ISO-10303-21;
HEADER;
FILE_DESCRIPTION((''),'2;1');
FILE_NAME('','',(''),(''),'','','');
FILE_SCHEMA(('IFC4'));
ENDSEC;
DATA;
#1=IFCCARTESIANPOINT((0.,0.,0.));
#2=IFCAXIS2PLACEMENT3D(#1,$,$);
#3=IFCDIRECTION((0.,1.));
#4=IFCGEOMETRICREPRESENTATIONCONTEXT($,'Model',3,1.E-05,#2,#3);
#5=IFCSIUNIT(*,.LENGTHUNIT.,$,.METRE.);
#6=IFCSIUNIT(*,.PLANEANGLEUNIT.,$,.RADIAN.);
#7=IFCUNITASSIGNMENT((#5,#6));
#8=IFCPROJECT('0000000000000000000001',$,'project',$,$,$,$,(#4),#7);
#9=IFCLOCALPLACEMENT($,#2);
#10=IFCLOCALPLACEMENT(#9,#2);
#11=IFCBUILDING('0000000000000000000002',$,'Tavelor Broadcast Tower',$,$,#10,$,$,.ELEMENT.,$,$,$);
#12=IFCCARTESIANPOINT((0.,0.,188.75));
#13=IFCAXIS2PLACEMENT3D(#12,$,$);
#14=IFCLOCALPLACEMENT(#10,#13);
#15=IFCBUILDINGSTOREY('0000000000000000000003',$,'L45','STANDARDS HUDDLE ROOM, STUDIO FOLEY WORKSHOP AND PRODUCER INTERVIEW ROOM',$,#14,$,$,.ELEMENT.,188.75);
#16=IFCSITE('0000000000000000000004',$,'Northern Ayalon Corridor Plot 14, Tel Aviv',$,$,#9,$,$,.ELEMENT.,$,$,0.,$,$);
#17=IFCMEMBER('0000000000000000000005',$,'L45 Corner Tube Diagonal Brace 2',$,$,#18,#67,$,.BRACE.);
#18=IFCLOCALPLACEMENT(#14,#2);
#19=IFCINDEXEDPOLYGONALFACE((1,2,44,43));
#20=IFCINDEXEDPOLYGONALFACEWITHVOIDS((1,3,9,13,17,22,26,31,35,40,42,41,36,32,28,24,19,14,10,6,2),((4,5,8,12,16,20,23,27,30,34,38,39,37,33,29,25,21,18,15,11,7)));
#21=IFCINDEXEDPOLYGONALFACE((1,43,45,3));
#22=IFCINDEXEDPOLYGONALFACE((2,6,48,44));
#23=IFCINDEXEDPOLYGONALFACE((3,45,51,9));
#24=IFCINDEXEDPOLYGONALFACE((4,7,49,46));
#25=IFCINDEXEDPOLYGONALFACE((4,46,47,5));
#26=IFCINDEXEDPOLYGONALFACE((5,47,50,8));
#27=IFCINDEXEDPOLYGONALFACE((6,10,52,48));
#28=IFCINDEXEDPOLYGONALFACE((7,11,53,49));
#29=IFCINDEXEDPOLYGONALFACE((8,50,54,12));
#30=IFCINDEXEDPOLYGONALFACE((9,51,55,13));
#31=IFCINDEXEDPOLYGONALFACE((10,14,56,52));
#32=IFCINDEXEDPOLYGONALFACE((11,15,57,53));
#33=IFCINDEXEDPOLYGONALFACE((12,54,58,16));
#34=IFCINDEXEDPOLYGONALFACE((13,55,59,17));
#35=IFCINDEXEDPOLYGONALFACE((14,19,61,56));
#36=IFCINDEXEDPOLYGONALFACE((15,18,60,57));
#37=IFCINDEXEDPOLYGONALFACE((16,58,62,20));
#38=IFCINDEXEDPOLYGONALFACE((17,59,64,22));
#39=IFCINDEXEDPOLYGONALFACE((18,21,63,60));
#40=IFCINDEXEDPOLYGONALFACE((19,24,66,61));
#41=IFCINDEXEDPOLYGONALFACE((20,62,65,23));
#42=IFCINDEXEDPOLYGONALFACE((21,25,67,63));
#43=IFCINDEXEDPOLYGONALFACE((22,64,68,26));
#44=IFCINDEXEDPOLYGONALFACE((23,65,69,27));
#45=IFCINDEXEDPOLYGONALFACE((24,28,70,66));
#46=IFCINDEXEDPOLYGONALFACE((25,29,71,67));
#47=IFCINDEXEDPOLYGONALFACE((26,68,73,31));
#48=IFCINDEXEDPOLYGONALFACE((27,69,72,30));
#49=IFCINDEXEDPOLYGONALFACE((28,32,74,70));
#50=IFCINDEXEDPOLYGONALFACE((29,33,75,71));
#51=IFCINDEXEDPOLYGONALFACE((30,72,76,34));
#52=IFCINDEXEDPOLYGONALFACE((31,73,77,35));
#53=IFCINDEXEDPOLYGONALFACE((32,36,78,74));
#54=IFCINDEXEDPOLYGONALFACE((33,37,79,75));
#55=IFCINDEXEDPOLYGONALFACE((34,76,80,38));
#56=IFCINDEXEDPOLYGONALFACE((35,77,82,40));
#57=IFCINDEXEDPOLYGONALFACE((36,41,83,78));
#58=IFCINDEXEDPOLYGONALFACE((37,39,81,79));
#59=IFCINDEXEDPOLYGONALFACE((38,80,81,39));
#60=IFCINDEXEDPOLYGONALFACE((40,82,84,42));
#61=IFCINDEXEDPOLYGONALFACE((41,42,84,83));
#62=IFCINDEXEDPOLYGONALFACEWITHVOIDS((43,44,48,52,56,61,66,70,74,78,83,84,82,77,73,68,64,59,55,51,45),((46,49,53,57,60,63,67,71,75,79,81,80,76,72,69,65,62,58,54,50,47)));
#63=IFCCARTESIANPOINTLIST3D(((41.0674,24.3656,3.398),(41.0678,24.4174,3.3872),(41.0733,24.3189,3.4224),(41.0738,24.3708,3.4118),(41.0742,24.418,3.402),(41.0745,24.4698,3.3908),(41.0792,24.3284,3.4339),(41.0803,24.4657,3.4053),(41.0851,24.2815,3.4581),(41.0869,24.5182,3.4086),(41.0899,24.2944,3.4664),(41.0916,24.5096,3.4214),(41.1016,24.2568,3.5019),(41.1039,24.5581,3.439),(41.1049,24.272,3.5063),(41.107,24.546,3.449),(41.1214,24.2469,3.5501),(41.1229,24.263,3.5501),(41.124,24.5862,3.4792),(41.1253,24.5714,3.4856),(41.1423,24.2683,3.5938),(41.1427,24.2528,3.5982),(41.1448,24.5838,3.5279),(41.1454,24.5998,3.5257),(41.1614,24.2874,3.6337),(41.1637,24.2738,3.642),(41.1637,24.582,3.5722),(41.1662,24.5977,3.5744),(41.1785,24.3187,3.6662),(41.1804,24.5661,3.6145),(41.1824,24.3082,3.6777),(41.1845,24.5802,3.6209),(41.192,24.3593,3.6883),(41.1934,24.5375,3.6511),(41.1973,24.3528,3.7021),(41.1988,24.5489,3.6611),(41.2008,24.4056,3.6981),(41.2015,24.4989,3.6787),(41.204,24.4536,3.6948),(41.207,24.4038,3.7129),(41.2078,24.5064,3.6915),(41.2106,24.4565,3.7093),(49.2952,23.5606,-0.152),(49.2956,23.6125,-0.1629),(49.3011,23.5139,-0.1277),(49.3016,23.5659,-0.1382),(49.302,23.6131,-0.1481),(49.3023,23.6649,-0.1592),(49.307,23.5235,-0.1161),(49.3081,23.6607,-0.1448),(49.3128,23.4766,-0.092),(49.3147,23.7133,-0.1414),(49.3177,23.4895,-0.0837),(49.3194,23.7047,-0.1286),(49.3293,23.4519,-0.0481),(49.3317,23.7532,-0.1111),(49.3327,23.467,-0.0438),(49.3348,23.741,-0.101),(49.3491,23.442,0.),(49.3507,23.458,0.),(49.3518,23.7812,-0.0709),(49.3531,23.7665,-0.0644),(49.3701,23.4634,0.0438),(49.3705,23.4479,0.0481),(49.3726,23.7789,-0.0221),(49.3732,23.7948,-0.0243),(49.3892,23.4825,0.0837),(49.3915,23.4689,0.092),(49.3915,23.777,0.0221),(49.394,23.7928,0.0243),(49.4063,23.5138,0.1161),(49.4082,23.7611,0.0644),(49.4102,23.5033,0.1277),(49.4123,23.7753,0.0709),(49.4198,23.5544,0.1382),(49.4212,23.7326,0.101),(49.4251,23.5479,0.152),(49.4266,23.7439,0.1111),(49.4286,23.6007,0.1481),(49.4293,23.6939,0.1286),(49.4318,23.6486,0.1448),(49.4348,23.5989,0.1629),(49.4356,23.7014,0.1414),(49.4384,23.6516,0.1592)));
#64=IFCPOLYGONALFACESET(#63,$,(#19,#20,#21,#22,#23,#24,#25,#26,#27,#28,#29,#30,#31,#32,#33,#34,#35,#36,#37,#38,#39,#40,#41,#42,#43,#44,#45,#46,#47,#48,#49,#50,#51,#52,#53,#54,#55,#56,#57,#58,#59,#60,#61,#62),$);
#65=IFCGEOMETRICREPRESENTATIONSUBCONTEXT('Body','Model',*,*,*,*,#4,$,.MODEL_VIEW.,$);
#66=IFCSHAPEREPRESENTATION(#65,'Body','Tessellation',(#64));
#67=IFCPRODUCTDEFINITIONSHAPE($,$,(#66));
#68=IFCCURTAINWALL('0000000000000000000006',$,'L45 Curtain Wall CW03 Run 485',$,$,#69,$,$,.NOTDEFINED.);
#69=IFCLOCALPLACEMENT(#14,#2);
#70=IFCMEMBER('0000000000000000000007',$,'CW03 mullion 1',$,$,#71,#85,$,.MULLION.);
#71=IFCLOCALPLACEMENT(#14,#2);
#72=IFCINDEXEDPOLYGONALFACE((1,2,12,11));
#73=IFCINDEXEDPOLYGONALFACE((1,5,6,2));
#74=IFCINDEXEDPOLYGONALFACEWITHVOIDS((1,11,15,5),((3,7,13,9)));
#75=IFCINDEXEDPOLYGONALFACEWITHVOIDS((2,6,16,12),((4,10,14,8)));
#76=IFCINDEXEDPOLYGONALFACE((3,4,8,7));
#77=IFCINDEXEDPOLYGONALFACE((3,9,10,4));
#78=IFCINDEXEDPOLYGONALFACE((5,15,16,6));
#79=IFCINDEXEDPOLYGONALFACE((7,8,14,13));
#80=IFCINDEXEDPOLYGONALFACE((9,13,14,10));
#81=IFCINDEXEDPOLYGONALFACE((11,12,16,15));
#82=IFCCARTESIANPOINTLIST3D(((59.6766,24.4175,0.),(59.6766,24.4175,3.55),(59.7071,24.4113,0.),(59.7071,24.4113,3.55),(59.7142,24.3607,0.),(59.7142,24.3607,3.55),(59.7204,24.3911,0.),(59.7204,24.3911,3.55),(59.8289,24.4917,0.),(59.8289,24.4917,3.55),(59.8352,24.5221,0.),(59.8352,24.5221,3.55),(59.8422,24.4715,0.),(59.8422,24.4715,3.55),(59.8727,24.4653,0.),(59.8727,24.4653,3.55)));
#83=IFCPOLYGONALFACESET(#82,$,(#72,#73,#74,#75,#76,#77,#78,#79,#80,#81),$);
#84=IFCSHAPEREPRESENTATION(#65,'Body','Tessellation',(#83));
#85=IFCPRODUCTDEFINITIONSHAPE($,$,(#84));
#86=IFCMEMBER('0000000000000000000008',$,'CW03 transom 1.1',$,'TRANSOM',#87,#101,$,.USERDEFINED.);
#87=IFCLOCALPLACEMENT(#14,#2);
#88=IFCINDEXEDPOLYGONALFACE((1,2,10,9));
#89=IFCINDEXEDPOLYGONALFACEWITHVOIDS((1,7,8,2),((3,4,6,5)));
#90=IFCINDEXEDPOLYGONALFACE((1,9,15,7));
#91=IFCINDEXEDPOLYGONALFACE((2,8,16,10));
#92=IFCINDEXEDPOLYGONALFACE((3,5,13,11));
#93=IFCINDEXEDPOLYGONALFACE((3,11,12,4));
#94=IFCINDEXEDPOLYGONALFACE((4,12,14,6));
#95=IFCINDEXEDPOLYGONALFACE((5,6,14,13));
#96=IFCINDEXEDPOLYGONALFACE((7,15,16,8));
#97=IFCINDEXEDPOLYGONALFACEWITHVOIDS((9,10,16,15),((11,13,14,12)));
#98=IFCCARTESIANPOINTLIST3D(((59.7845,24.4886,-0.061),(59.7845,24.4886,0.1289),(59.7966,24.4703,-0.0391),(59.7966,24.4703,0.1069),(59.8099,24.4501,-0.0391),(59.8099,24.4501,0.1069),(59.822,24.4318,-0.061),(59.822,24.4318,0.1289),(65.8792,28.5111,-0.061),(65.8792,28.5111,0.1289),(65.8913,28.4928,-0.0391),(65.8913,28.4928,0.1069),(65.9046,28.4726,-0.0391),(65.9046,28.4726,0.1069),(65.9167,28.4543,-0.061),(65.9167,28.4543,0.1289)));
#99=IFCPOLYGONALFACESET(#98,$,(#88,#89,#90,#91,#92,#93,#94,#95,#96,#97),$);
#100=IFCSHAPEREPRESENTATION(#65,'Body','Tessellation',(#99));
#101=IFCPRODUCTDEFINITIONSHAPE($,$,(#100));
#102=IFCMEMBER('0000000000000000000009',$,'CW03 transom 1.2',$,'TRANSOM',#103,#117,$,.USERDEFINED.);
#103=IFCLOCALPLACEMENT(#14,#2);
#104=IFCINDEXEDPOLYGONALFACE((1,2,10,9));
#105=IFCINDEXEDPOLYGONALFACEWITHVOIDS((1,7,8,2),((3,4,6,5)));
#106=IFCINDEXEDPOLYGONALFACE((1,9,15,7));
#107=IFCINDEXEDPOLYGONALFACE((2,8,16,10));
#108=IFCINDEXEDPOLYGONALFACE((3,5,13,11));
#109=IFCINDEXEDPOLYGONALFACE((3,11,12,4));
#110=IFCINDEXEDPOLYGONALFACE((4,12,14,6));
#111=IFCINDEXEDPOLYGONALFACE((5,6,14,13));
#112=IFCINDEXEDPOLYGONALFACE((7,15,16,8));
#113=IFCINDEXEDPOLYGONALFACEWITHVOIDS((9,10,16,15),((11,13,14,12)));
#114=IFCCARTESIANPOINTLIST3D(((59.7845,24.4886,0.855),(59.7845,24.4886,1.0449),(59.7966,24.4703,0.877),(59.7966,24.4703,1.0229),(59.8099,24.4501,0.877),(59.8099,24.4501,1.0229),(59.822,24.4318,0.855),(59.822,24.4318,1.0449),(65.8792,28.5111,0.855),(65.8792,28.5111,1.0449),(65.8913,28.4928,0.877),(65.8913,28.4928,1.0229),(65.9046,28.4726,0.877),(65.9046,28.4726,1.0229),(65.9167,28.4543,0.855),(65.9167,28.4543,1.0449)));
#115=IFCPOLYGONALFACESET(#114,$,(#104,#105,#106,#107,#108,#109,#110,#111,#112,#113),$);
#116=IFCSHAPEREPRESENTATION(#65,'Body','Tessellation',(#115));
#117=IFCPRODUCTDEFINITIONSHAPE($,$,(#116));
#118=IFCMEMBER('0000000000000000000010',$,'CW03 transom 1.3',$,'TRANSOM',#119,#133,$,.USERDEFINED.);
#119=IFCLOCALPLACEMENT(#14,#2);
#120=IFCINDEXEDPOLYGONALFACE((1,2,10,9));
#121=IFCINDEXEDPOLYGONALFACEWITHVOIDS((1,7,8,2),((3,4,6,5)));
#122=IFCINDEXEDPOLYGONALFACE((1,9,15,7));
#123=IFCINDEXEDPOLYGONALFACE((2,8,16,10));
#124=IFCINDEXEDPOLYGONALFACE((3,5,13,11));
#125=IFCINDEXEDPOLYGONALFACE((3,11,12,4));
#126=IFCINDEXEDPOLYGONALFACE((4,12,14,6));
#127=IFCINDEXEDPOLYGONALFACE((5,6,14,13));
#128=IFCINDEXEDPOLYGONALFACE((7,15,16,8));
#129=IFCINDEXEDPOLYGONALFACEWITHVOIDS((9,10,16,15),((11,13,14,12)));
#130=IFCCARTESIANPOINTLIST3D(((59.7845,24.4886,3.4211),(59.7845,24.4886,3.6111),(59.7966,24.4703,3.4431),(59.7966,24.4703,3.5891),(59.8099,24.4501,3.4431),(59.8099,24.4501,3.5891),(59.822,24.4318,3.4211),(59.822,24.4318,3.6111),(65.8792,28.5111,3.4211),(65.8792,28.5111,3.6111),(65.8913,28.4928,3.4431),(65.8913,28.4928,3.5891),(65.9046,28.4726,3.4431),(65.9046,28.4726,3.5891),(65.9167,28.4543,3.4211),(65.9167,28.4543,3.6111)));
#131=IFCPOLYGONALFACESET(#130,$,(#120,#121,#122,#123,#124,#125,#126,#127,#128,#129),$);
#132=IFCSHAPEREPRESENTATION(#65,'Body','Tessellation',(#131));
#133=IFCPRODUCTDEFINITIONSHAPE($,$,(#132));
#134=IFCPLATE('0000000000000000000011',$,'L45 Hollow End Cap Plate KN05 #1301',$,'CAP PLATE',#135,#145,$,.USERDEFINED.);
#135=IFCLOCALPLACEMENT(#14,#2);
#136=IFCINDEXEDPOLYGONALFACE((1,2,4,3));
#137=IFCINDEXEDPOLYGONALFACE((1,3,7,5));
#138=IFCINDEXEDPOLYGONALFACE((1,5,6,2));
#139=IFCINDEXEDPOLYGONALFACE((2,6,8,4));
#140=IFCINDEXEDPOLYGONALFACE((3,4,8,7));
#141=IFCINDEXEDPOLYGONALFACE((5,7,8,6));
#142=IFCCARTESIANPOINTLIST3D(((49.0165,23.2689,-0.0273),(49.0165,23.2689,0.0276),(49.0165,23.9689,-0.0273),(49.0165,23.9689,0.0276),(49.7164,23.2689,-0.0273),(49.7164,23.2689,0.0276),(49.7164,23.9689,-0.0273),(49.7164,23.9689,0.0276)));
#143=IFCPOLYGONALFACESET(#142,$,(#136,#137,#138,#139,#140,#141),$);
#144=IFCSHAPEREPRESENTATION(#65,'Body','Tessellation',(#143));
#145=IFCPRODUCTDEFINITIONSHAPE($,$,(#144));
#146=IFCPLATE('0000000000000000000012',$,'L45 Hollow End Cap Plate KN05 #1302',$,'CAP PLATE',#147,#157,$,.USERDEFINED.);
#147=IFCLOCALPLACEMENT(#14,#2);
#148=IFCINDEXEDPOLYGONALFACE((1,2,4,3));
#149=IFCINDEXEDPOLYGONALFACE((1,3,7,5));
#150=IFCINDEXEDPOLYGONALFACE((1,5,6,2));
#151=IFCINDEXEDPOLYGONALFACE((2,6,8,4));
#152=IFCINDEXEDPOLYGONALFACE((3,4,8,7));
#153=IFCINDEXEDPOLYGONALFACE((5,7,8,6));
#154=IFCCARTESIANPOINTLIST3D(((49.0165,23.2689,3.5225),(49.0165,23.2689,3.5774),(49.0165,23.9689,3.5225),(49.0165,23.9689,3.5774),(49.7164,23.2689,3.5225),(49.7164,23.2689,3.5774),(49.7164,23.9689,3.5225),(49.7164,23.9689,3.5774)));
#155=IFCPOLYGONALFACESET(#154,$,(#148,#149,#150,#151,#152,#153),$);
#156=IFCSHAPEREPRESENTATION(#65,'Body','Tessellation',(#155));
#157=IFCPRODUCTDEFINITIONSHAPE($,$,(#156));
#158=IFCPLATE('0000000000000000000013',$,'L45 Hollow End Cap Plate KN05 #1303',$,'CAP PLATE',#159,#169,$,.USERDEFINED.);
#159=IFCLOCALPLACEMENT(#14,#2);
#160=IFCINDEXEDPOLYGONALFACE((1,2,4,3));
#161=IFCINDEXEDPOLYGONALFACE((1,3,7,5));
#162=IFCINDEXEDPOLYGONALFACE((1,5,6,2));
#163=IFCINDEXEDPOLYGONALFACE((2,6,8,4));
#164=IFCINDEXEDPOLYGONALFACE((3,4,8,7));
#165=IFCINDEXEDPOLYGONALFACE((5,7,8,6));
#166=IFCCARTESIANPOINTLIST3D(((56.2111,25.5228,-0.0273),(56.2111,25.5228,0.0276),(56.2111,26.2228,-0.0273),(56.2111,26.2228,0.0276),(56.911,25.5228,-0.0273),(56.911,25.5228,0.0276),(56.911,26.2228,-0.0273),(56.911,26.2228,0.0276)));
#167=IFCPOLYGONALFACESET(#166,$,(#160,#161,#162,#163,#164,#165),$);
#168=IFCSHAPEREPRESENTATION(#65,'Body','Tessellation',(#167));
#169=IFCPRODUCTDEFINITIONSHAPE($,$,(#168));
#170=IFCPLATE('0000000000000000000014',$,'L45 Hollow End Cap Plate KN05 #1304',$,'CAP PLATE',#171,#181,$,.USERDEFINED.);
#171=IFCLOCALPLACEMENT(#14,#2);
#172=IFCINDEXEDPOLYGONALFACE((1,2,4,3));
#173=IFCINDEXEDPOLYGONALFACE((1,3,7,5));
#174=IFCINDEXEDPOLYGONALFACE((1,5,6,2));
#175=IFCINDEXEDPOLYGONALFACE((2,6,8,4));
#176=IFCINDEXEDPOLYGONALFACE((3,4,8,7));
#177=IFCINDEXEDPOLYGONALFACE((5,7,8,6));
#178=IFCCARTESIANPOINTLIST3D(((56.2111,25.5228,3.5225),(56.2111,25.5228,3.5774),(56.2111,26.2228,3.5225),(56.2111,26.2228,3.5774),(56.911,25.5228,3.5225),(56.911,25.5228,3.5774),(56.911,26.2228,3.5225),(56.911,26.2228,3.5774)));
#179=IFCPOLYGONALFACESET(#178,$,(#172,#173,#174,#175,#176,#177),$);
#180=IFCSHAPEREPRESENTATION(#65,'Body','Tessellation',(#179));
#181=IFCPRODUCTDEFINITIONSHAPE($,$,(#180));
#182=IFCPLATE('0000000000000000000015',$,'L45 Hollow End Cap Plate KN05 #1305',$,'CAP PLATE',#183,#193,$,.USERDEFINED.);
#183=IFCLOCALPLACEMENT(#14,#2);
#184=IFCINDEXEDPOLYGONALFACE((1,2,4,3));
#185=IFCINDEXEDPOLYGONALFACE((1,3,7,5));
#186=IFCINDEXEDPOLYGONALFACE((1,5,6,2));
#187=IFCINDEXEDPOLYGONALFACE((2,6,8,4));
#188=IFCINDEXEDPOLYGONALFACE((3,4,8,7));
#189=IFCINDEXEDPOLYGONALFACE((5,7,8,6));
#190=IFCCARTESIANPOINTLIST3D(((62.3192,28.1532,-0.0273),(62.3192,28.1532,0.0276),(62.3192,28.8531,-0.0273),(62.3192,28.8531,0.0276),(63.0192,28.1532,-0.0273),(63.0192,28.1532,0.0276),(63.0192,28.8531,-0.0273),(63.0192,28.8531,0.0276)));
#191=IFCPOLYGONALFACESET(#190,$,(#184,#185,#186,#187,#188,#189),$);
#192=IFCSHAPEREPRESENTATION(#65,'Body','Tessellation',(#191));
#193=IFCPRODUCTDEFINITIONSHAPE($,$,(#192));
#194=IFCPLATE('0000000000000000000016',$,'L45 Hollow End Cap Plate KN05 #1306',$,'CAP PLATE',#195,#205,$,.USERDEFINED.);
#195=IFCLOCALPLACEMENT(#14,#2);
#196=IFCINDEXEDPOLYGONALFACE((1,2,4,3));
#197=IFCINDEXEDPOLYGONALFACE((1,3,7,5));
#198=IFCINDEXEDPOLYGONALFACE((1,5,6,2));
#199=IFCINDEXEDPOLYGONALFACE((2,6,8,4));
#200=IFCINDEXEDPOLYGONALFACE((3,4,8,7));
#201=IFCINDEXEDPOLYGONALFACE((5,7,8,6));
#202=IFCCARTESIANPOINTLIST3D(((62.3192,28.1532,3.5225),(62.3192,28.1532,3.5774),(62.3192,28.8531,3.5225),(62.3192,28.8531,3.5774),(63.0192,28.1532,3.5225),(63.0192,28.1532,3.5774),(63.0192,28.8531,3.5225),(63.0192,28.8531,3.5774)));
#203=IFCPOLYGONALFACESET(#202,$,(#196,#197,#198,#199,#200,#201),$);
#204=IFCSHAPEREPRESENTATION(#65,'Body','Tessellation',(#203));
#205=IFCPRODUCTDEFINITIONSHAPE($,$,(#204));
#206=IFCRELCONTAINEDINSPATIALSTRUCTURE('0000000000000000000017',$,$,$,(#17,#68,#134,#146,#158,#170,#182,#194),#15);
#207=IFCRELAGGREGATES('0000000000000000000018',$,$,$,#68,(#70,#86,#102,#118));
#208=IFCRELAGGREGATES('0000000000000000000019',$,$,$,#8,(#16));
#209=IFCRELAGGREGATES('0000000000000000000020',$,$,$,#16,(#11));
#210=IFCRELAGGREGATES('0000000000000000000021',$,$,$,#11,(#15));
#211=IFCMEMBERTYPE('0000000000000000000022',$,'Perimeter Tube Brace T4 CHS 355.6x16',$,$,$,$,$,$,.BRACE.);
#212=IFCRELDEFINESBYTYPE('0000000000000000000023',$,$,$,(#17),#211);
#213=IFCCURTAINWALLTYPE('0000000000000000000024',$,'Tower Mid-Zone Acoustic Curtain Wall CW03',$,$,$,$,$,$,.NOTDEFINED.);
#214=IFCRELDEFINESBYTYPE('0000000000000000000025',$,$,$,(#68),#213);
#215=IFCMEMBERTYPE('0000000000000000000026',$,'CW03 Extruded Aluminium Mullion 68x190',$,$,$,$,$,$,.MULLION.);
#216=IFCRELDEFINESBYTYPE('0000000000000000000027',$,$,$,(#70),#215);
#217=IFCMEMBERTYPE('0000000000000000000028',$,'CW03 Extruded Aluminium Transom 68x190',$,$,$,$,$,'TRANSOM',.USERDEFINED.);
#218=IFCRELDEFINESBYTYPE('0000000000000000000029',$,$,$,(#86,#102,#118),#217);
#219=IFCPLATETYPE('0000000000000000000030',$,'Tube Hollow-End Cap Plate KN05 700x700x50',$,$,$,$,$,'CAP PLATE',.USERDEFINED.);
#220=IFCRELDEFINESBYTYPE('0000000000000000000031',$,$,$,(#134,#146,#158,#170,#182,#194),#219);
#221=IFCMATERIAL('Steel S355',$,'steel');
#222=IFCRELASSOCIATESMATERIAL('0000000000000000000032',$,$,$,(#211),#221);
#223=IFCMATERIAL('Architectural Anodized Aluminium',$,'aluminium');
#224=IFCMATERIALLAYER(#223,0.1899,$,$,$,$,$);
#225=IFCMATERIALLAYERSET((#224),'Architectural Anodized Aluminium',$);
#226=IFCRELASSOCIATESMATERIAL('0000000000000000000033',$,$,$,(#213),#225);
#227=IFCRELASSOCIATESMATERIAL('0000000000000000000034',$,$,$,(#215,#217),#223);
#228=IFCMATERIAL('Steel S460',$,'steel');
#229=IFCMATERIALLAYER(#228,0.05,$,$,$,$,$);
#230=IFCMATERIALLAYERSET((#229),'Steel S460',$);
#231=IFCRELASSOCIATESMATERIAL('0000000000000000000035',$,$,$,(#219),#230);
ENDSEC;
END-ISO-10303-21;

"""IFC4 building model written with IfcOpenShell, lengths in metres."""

from ifc_helpers import new_model, si_unit, direction, frame, origin, origin_2d, place, context, subcontext, project, spatial, rectangle, hollow_rectangle, hollow_circle, extrude, source, transform, mapped, material, layer, layer_set, material_profile, profile_set, type_object, type_shapes, element, aggregate, save


model = new_model("IFC4")

# Units and contexts
model_context = context("Model", 3, precision=1e-05, world=origin(), true_north=direction((0.0, 1.0)))
body_context = subcontext(model_context, "Body", "Model", "MODEL_VIEW")
ifc_project = project(units=[si_unit("LENGTHUNIT", "METRE"), si_unit("PLANEANGLEUNIT", "RADIAN")], contexts=[model_context])

# Site, building, storey
site_placement = place(None, origin())
site = spatial("IfcSite", under=ifc_project, at=site_placement, Name="Northern Ayalon Corridor Plot 14, Tel Aviv", CompositionType="ELEMENT", RefElevation=0.0)
building_placement = place(site_placement, origin())
building = spatial("IfcBuilding", under=site, at=building_placement, Name="Tavelor Broadcast Tower", CompositionType="ELEMENT")
storey_placement = place(building_placement, frame((0.0, 0.0, 188.75)))
storey = spatial("IfcBuildingStorey", under=building, at=storey_placement, Name="L45", Description="STANDARDS HUDDLE ROOM, STUDIO FOLEY WORKSHOP AND PRODUCER INTERVIEW ROOM", CompositionType="ELEMENT", Elevation=188.75)

# Shared definitions
ifc_material_1 = material(Name="Steel S460", Category="steel")

# Shared definitions
ifc_material_2 = material(Name="Steel S355", Category="steel")

# Member
ifc_material_profile_1 = material_profile(ifc_material_2, hollow_circle(Radius=0.1777, WallThickness=0.0161, at=origin_2d()), Name="CHS 355.6x16")
ifc_profile_set_1 = profile_set([ifc_material_profile_1], Name="Steel S355")
member_type_1 = type_object("IfcMemberType", Name="Perimeter Tube Brace T4 CHS 355.6x16", PredefinedType="BRACE", material=ifc_profile_set_1)
member_1_placement = place(storey_placement, frame((49.3665, 23.6189, 0.0), z_axis=(-0.914496, 0.089466, 0.394579), x_axis=(-0.097366, -0.995249, 0.0)))
element("IfcMember", 1, at=member_1_placement, inside=storey, type_object=member_type_1, Name="L45 Corner Tube Diagonal Brace 2", PredefinedType="BRACE", context=body_context, shape_type="SweptSolid", body=[
    extrude(hollow_circle(Radius=0.1777, WallThickness=0.0161, at=origin_2d()), origin(), (0.0, 0.0, 1.0), 8.9971),
])

# Curtain wall, members
ifc_material_3 = material(Name="Architectural Anodized Aluminium", Category="aluminium")
ifc_layer_1 = layer(ifc_material_3, 0.1899)
ifc_layer_set_1 = layer_set([ifc_layer_1], Name="Architectural Anodized Aluminium")
curtain_wall_type = type_object("IfcCurtainWallType", Name="Tower Mid-Zone Acoustic Curtain Wall CW03", PredefinedType="NOTDEFINED", material=ifc_layer_set_1)
curtain_wall_placement = place(storey_placement, origin())
curtain_wall = element("IfcCurtainWall", 2, at=curtain_wall_placement, inside=storey, type_object=curtain_wall_type, Name="L45 Curtain Wall CW03 Run 485", PredefinedType="NOTDEFINED")
ifc_material_profile_2 = material_profile(ifc_material_3, hollow_rectangle(XDim=0.0681, YDim=0.1899, WallThickness=0.022, at=origin_2d()), Name="RHS 68x190x22")
ifc_profile_set_2 = profile_set([ifc_material_profile_2], Name="Architectural Anodized Aluminium")
member_type_2 = type_object("IfcMemberType", Name="CW03 Extruded Aluminium Mullion 68x190", PredefinedType="MULLION", material=ifc_profile_set_2)
shared_shape_1 = source(origin(), body_context, "Body", "SweptSolid", [
    extrude(hollow_rectangle(XDim=0.0681, YDim=0.1899, WallThickness=0.022, at=origin_2d()), origin(), (0.0, 0.0, 1.0), 3.55),
])
type_shapes(member_type_2, [shared_shape_1])
member_2_placement = place(storey_placement, frame((59.7747, 24.4414, 0.0), z_axis=(0.0, 0.0, 1.0), x_axis=(-0.550844, 0.834608, 0.0)))
member_2 = element("IfcMember", 3, at=member_2_placement, type_object=member_type_2, Name="CW03 mullion 1", PredefinedType="MULLION", context=body_context, shape_type="MappedRepresentation", body=[
    mapped(shared_shape_1, transform((0.0, 0.0, 0.0), scale=1.0)),
])
ifc_material_profile_3 = material_profile(ifc_material_3, hollow_rectangle(XDim=0.0681, YDim=0.1899, WallThickness=0.022, at=origin_2d()), Name="RHS 68x190x22")
ifc_profile_set_3 = profile_set([ifc_material_profile_3], Name="Architectural Anodized Aluminium")
member_type_3 = type_object("IfcMemberType", Name="CW03 Extruded Aluminium Transom 68x190", ElementType="TRANSOM", PredefinedType="USERDEFINED", material=ifc_profile_set_3)
shared_shape_2 = source(origin(), body_context, "Body", "SweptSolid", [
    extrude(hollow_rectangle(XDim=0.0681, YDim=0.1899, WallThickness=0.022, at=origin_2d()), origin(), (0.0, 0.0, 1.0), 7.3025),
])
type_shapes(member_type_3, [shared_shape_2])
member_3_placement = place(storey_placement, frame((59.8032, 24.4602, 0.0339), z_axis=(0.834613, 0.550837, 0.0), x_axis=(-0.550837, 0.834613, 0.0)))
member_3 = element("IfcMember", 4, at=member_3_placement, type_object=member_type_3, Name="CW03 transom 1.1", ObjectType="TRANSOM", PredefinedType="USERDEFINED", context=body_context, shape_type="MappedRepresentation", body=[
    mapped(shared_shape_2, transform((0.0, 0.0, 0.0), scale=1.0)),
])
member_4_placement = place(storey_placement, frame((59.8032, 24.4602, 0.95), z_axis=(0.834613, 0.550837, 0.0), x_axis=(-0.550837, 0.834613, 0.0)))
member_4 = element("IfcMember", 5, at=member_4_placement, type_object=member_type_3, Name="CW03 transom 1.2", ObjectType="TRANSOM", PredefinedType="USERDEFINED", context=body_context, shape_type="MappedRepresentation", body=[
    mapped(shared_shape_2, transform((0.0, 0.0, 0.0), scale=1.0)),
])
member_5_placement = place(storey_placement, frame((59.8032, 24.4602, 3.5161), z_axis=(0.834613, 0.550837, 0.0), x_axis=(-0.550837, 0.834613, 0.0)))
member_5 = element("IfcMember", 6, at=member_5_placement, type_object=member_type_3, Name="CW03 transom 1.3", ObjectType="TRANSOM", PredefinedType="USERDEFINED", context=body_context, shape_type="MappedRepresentation", body=[
    mapped(shared_shape_2, transform((0.0, 0.0, 0.0), scale=1.0)),
])
aggregate(curtain_wall, [member_2, member_3, member_4, member_5])

# Plates
ifc_layer_2 = layer(ifc_material_1, 0.05)
ifc_layer_set_2 = layer_set([ifc_layer_2], Name="Steel S460")
plate_type = type_object("IfcPlateType", Name="Tube Hollow-End Cap Plate KN05 700x700x50", ElementType="CAP PLATE", PredefinedType="USERDEFINED", material=ifc_layer_set_2)
shared_shape_3 = source(origin(), body_context, "Body", "SweptSolid", [
    extrude(rectangle(XDim=0.7, YDim=0.7, at=origin_2d()), origin(), (0.0, 0.0, 1.0), 0.0549),
])
type_shapes(plate_type, [shared_shape_3])
for number, where, z_axis, x_axis, name in (
    (7, (49.3665, 23.6189, -0.0273), (0.0, 0.0, 1.0), (1.0, 0.0, 0.0), "L45 Hollow End Cap Plate KN05 #1301"),
    (8, (49.3665, 23.6189, 3.5225), (0.0, 0.0, 1.0), (1.0, 0.0, 0.0), "L45 Hollow End Cap Plate KN05 #1302"),
    (9, (56.561, 25.8728, -0.0273), (0.0, 0.0, 1.0), (1.0, 0.0, 0.0), "L45 Hollow End Cap Plate KN05 #1303"),
    (10, (56.561, 25.8728, 3.5225), (0.0, 0.0, 1.0), (1.0, 0.0, 0.0), "L45 Hollow End Cap Plate KN05 #1304"),
    (11, (62.6692, 28.5032, -0.0273), (0.0, 0.0, 1.0), (1.0, 0.0, 0.0), "L45 Hollow End Cap Plate KN05 #1305"),
    (12, (62.6692, 28.5032, 3.5225), (0.0, 0.0, 1.0), (1.0, 0.0, 0.0), "L45 Hollow End Cap Plate KN05 #1306"),
):
    element("IfcPlate", number, at=place(storey_placement, frame(where, z_axis=z_axis, x_axis=x_axis)), inside=storey, type_object=plate_type, Name=name, ObjectType="CAP PLATE", PredefinedType="USERDEFINED", context=body_context, shape_type="MappedRepresentation", body=[
        mapped(shared_shape_3, transform((0.0, 0.0, 0.0), scale=1.0)),
    ])

save(model, "model.ifc")
